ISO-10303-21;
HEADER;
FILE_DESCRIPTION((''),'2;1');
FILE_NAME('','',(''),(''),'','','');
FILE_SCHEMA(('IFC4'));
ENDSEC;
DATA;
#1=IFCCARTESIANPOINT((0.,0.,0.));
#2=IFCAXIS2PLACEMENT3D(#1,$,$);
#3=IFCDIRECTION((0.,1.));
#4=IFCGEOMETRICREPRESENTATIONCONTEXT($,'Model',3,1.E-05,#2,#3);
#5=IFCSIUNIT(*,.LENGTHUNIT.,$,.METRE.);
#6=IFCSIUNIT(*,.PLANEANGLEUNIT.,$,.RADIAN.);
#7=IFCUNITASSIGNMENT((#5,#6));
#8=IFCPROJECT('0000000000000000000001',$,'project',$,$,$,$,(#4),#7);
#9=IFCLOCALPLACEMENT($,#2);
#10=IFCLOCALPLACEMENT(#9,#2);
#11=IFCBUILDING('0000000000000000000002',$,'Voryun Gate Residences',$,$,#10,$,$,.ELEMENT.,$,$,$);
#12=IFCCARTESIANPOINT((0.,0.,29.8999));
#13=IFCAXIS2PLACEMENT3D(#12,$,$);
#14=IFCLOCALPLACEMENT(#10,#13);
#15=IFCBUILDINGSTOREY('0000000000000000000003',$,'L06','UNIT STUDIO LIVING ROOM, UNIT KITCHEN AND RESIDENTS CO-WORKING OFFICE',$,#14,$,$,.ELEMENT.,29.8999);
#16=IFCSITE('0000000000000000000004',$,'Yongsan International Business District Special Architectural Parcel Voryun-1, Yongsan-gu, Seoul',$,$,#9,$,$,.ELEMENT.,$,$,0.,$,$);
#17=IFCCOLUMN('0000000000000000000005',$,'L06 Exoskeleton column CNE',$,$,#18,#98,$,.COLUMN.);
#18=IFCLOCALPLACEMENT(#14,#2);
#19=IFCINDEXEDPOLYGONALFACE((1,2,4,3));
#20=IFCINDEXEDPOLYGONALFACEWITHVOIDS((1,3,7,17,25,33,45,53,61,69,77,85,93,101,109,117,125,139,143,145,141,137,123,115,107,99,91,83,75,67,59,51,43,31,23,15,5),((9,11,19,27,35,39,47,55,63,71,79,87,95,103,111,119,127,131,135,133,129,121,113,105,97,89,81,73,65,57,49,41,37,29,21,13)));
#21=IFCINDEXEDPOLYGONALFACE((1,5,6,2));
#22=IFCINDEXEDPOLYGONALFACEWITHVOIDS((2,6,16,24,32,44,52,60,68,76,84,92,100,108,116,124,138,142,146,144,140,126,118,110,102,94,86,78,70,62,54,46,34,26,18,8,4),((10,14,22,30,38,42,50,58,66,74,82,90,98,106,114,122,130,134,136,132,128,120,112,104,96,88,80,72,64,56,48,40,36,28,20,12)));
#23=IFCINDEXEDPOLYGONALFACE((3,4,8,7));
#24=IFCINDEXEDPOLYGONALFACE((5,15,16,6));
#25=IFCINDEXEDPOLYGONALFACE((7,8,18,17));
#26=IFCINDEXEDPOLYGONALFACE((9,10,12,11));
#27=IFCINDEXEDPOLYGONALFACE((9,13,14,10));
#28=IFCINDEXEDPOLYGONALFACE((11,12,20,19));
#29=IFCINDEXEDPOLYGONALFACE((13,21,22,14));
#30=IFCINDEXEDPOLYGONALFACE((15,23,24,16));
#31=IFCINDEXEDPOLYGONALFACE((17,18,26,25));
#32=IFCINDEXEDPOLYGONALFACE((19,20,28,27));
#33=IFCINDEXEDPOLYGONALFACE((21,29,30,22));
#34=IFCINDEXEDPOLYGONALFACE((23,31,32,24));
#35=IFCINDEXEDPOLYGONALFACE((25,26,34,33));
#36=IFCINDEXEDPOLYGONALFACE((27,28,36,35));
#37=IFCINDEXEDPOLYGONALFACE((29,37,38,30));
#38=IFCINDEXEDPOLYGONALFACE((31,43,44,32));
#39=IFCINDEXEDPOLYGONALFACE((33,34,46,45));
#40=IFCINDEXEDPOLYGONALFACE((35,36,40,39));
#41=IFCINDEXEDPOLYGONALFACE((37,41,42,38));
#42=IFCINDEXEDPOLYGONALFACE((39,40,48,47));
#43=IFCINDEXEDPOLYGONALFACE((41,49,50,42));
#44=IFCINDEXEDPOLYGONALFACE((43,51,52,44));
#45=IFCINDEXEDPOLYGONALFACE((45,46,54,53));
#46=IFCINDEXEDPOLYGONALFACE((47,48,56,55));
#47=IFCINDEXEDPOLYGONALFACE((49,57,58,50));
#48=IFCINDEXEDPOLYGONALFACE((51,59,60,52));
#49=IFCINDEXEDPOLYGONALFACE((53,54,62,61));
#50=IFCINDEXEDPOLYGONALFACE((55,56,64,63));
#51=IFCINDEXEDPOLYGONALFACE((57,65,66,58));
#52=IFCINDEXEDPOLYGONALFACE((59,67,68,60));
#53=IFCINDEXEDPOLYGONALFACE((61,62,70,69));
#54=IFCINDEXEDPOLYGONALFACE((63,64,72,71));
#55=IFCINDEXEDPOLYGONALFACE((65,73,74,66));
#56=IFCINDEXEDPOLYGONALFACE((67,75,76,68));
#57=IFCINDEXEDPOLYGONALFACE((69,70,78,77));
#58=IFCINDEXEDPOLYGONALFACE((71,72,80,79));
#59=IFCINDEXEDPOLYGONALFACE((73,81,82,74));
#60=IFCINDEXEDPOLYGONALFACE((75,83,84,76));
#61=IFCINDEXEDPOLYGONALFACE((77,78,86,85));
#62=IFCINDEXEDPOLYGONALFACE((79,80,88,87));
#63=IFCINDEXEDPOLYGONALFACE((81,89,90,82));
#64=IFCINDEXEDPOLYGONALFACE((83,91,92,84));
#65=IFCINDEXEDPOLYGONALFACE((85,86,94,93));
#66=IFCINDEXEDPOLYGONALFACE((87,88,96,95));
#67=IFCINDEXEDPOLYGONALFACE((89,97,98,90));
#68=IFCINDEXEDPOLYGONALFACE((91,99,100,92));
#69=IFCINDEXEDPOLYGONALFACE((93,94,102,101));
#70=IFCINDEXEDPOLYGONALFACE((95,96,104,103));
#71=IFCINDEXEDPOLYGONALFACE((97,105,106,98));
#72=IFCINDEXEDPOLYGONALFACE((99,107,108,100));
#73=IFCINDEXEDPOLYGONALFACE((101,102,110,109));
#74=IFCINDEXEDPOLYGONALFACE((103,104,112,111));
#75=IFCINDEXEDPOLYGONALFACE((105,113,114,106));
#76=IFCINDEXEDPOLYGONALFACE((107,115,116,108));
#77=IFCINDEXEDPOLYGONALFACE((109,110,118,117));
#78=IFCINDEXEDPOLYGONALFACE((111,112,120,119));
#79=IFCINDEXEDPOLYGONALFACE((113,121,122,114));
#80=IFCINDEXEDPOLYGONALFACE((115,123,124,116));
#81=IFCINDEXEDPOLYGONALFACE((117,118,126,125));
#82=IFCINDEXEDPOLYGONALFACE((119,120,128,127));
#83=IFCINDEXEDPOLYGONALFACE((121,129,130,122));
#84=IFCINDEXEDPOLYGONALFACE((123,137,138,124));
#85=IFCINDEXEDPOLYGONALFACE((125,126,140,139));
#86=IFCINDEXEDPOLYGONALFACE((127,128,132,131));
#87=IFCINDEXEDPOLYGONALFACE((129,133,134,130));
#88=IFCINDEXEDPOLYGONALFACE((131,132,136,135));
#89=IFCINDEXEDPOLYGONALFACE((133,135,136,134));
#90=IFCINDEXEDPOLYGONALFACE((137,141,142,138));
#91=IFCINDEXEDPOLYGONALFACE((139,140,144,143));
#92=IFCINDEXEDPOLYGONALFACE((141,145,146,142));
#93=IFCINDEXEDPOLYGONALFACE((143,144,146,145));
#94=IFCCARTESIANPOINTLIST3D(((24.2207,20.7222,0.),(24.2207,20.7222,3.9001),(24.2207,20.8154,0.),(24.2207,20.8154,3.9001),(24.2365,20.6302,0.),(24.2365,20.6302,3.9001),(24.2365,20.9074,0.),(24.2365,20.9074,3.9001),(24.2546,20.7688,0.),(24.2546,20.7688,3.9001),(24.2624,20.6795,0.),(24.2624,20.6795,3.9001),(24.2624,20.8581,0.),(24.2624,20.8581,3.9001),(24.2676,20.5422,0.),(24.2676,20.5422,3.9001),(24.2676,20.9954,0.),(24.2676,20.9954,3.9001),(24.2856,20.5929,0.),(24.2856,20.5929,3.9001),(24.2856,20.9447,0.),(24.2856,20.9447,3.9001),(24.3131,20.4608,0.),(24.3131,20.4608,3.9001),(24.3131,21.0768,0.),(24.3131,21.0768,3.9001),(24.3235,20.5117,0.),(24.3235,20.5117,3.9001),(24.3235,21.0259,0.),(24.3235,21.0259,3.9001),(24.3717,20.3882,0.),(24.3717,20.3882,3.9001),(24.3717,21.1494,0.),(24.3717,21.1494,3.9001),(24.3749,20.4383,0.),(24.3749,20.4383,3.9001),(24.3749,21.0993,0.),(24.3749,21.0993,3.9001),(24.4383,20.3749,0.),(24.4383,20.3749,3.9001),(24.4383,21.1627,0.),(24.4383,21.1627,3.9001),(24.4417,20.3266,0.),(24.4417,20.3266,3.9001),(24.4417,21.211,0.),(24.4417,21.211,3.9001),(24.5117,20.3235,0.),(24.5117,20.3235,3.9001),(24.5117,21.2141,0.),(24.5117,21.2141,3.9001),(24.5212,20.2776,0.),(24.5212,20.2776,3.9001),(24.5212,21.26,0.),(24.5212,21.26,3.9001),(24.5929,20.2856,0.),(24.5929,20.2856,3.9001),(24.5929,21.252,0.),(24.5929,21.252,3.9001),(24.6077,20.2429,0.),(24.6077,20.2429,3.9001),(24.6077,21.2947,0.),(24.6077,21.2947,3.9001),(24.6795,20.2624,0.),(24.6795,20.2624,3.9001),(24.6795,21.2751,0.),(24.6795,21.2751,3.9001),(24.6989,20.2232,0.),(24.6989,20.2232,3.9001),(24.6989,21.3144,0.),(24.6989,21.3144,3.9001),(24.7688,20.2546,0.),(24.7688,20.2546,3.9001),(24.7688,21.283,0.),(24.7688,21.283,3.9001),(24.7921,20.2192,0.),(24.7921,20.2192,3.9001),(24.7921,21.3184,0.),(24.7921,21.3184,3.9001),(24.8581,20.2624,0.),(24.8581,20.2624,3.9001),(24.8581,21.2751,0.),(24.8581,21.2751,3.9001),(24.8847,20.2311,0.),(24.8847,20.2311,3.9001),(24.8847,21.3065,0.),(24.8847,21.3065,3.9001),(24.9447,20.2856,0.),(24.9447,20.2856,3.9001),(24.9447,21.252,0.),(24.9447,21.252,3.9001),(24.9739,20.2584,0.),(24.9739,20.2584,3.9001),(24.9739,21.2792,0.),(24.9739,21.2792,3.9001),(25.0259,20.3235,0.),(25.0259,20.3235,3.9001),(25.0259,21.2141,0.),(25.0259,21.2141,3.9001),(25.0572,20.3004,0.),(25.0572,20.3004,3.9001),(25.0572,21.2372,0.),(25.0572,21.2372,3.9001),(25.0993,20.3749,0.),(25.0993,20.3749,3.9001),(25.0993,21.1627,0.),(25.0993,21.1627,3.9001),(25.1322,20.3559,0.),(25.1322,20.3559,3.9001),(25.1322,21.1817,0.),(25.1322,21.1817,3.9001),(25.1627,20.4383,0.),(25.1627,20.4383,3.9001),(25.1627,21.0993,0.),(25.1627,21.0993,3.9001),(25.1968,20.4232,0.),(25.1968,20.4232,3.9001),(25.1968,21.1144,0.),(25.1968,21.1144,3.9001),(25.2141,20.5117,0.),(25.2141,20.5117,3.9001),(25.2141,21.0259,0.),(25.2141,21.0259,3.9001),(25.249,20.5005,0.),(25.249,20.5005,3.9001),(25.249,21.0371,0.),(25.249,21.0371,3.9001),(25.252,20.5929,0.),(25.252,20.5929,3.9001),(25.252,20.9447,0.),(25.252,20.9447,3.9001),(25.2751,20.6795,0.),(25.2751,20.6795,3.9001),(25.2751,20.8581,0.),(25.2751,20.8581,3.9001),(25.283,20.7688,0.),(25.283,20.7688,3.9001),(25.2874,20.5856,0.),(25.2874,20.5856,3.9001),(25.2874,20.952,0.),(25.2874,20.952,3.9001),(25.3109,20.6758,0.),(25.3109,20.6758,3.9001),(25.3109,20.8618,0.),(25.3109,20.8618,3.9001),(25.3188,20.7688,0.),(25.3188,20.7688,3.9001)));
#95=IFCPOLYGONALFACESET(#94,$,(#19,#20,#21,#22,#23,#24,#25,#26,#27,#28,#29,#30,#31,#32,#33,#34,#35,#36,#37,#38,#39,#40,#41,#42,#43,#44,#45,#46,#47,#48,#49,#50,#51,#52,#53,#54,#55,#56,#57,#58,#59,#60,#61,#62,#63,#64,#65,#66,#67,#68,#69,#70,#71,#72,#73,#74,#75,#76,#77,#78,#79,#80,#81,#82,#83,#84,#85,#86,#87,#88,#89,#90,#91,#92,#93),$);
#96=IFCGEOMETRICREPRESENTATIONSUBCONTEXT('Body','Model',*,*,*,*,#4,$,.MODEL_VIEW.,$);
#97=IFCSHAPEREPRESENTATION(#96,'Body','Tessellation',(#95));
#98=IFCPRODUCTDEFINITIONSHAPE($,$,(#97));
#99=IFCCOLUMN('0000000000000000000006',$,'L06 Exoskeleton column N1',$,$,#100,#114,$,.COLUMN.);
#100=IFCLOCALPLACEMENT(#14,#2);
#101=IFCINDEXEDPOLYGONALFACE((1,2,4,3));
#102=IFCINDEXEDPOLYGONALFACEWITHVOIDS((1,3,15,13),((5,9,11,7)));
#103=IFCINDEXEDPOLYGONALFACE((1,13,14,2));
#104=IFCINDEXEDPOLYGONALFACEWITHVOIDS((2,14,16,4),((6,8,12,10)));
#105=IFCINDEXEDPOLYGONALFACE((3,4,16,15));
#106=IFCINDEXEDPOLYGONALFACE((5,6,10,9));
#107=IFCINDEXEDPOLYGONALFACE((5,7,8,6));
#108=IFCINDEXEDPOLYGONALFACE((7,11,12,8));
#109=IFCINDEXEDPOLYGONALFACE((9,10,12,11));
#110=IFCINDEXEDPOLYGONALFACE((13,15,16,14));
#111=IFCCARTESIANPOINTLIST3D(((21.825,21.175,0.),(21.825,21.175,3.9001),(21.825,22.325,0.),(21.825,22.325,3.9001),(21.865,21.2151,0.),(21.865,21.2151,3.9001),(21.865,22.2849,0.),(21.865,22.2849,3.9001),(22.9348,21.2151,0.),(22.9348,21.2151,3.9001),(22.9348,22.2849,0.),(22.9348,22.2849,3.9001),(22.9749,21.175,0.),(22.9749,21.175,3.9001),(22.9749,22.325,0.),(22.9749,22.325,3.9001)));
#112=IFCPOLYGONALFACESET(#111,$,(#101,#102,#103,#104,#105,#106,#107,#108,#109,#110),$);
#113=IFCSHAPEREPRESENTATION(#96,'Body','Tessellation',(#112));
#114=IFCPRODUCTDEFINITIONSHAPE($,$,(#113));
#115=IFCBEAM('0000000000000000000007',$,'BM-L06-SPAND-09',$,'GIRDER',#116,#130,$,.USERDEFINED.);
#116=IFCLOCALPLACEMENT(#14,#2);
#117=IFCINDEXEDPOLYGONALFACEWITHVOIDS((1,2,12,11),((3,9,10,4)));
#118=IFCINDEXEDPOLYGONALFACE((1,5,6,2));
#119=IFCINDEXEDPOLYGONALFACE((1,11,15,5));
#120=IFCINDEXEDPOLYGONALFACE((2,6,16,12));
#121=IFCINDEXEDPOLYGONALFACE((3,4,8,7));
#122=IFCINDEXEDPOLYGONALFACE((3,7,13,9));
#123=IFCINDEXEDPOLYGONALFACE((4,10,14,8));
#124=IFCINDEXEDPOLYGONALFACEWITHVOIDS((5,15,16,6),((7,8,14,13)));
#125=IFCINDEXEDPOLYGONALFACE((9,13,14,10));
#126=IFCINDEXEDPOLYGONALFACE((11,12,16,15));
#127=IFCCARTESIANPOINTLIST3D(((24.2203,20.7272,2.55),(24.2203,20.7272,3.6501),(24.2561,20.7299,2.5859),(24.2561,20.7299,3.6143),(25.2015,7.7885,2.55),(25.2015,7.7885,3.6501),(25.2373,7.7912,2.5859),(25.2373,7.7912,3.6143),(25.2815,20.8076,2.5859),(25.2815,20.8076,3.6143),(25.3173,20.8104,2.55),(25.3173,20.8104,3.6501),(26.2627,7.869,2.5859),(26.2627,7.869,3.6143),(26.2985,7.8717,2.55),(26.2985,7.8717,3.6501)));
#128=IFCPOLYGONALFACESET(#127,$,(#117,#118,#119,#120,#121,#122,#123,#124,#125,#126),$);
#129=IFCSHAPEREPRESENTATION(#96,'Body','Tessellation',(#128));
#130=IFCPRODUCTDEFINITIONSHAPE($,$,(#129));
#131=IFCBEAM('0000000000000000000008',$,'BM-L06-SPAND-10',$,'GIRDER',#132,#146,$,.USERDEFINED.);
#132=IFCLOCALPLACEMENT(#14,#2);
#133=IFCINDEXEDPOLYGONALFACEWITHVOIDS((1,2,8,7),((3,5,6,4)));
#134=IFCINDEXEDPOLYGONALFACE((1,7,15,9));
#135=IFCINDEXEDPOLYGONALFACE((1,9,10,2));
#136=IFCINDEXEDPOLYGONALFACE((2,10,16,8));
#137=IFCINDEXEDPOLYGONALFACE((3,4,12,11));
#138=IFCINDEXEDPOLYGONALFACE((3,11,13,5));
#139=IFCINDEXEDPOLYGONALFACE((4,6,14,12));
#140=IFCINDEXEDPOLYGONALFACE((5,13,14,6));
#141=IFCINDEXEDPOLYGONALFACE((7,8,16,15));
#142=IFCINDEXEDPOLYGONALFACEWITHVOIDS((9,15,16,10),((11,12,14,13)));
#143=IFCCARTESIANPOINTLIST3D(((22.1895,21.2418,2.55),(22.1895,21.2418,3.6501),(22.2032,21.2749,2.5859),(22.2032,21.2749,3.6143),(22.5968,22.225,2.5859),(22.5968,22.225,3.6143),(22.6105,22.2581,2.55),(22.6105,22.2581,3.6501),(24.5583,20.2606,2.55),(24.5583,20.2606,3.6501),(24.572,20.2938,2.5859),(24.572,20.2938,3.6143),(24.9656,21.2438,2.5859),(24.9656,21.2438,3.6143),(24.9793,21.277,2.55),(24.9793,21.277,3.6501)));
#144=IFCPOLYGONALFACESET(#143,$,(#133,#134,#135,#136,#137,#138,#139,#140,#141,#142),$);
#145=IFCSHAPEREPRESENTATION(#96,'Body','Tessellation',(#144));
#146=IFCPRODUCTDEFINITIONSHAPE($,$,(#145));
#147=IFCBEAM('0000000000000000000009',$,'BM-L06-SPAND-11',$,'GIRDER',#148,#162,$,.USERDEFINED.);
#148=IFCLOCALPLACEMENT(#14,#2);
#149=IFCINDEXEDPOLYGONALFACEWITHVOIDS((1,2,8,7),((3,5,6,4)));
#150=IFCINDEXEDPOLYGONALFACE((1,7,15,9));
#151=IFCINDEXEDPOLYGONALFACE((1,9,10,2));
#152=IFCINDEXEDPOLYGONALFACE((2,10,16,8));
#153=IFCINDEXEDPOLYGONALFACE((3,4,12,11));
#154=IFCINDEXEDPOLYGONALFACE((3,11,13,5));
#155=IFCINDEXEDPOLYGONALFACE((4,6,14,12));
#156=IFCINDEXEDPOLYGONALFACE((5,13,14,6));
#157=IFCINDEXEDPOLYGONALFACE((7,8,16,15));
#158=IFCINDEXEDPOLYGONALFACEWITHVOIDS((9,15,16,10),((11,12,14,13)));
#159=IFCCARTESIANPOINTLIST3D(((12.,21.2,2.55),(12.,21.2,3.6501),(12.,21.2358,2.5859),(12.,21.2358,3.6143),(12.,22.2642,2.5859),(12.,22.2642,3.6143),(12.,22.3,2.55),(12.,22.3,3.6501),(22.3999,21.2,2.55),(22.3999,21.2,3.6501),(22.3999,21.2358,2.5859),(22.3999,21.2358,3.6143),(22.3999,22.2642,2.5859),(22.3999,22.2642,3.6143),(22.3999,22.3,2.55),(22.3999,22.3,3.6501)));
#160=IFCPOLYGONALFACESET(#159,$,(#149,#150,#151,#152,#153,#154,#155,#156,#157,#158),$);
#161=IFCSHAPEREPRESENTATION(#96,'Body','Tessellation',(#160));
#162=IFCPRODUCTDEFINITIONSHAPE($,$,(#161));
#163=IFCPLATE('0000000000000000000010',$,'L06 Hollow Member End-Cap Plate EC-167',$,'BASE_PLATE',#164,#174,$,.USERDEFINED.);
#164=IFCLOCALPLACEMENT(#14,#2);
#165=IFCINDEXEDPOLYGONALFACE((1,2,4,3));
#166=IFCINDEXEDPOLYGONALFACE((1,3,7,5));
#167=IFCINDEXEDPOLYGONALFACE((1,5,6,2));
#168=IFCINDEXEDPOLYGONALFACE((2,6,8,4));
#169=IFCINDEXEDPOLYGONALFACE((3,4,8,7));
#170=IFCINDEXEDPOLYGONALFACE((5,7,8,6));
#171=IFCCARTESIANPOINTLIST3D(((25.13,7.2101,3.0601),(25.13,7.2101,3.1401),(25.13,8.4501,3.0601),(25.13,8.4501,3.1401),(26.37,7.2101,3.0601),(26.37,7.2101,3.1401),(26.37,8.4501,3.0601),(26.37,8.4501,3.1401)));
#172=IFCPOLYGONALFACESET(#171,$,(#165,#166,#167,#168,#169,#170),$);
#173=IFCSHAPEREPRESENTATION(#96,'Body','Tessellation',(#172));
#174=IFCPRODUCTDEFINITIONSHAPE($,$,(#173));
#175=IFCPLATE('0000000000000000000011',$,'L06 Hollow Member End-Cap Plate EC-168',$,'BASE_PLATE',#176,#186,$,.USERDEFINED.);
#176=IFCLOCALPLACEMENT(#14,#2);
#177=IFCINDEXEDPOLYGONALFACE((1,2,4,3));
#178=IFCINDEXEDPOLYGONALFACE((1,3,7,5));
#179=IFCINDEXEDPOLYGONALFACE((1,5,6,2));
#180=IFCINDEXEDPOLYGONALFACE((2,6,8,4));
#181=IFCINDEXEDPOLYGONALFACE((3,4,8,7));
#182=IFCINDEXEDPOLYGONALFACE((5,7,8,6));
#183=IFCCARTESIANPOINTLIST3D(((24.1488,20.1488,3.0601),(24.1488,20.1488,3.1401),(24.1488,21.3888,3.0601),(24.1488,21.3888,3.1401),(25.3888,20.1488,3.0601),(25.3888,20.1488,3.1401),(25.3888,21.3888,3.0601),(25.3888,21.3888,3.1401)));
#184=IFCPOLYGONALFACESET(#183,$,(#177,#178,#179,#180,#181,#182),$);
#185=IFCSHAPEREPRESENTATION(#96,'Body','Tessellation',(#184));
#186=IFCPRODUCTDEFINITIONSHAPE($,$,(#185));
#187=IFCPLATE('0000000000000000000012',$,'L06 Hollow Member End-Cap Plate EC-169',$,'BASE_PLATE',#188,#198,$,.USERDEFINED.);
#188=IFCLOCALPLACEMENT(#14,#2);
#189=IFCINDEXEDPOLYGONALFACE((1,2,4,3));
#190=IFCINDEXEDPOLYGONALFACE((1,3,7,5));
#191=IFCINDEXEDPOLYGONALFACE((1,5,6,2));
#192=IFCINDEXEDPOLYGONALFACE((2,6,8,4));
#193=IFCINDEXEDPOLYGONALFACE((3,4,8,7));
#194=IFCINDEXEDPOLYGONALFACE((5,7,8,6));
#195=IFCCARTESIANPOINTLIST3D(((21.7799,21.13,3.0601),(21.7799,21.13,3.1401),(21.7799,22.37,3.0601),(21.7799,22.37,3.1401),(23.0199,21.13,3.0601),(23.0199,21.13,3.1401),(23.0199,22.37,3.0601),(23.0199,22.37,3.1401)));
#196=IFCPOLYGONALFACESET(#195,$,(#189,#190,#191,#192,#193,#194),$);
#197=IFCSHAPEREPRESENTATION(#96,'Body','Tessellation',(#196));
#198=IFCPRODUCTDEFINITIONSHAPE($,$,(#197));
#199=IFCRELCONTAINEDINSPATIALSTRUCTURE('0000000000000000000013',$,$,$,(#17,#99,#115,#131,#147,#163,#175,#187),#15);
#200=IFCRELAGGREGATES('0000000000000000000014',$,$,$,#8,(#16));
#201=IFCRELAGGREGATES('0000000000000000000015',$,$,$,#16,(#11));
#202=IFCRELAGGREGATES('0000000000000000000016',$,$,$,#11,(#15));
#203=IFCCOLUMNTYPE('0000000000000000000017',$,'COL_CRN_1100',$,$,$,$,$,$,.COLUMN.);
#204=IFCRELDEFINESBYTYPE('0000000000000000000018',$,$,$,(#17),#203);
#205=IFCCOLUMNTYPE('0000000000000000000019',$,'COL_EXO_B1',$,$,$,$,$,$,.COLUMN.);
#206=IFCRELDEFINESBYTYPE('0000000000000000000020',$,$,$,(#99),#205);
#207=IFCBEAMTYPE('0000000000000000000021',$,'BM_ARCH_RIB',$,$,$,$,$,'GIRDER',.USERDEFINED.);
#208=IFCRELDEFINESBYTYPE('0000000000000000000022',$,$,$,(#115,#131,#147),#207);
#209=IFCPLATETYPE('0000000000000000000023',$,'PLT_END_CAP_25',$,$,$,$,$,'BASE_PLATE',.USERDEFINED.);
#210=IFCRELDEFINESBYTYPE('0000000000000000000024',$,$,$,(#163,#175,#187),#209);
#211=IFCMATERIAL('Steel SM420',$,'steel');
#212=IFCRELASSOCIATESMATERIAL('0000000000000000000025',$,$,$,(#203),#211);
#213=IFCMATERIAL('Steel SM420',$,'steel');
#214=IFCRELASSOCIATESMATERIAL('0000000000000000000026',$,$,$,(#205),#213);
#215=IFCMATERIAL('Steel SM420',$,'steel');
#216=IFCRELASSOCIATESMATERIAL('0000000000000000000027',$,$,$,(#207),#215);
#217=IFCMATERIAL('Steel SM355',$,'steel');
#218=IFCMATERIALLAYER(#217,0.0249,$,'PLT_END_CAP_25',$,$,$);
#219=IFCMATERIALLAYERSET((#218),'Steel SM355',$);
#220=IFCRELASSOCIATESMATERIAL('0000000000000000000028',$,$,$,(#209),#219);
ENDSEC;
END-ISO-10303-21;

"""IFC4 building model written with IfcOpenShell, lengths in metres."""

from ifc_helpers import new_model, si_unit, direction, frame, origin, origin_2d, place, context, subcontext, project, spatial, rectangle, hollow_rectangle, hollow_circle, extrude, material, layer, layer_set, material_profile, profile_set, type_object, element, save


model = new_model("IFC4")

# Units and contexts
model_context = context("Model", 3, precision=1e-05, world=origin(), true_north=direction((0.0, 1.0)))
body_context = subcontext(model_context, "Body", "Model", "MODEL_VIEW")
ifc_project = project(units=[si_unit("LENGTHUNIT", "METRE"), si_unit("PLANEANGLEUNIT", "RADIAN")], contexts=[model_context])

# Site, building, storey
site_placement = place(None, origin())
site = spatial("IfcSite", under=ifc_project, at=site_placement, Name="Yongsan International Business District Special Architectural Parcel Voryun-1, Yongsan-gu, Seoul", CompositionType="ELEMENT", RefElevation=0.0)
building_placement = place(site_placement, origin())
building = spatial("IfcBuilding", under=site, at=building_placement, Name="Voryun Gate Residences", CompositionType="ELEMENT")
storey_placement = place(building_placement, frame((0.0, 0.0, 29.8999)))
storey = spatial("IfcBuildingStorey", under=building, at=storey_placement, Name="L06", Description="UNIT STUDIO LIVING ROOM, UNIT KITCHEN AND RESIDENTS CO-WORKING OFFICE", CompositionType="ELEMENT", Elevation=29.8999)

# Columns
ifc_material_1 = material(Name="Steel SM420", Category="steel")
ifc_material_profile_1 = material_profile(ifc_material_1, hollow_circle(Radius=0.55, WallThickness=0.0359, at=origin_2d()), Name="CHS-1100x36")
ifc_profile_set_1 = profile_set([ifc_material_profile_1], Name="Steel SM420")
column_type_1 = type_object("IfcColumnType", Name="COL_CRN_1100", PredefinedType="COLUMN", material=ifc_profile_set_1)
column_1_placement = place(storey_placement, frame((24.7688, 20.7688, 0.0), z_axis=(0.0, 0.0, 1.0), x_axis=(1.0, 0.0, 0.0)))
element("IfcColumn", 1, at=column_1_placement, inside=storey, type_object=column_type_1, Name="L06 Exoskeleton column CNE", PredefinedType="COLUMN", context=body_context, shape_type="SweptSolid", body=[
    extrude(hollow_circle(Radius=0.55, WallThickness=0.0359, at=origin_2d()), origin(), (0.0, 0.0, 1.0), 3.9001),
])
ifc_material_2 = material(Name="Steel SM420", Category="steel")
ifc_material_profile_2 = material_profile(ifc_material_2, hollow_rectangle(XDim=1.1499, YDim=1.1499, WallThickness=0.04, at=origin_2d()), Name="BOX-1150x1150x40")
ifc_profile_set_2 = profile_set([ifc_material_profile_2], Name="Steel SM420")
column_type_2 = type_object("IfcColumnType", Name="COL_EXO_B1", PredefinedType="COLUMN", material=ifc_profile_set_2)
column_2_placement = place(storey_placement, frame((22.3999, 21.75, 0.0), z_axis=(0.0, 0.0, 1.0), x_axis=(1.0, 0.0, 0.0)))
element("IfcColumn", 2, at=column_2_placement, inside=storey, type_object=column_type_2, Name="L06 Exoskeleton column N1", PredefinedType="COLUMN", context=body_context, shape_type="SweptSolid", body=[
    extrude(hollow_rectangle(XDim=1.1499, YDim=1.1499, WallThickness=0.04, at=origin_2d()), origin(), (0.0, 0.0, 1.0), 3.9001),
])

# Beams
ifc_material_3 = material(Name="Steel SM420", Category="steel")
ifc_material_profile_3 = material_profile(ifc_material_3, hollow_rectangle(XDim=1.1001, YDim=1.1001, WallThickness=0.0359, at=origin_2d()), Name="BOX-1100x1100x36")
ifc_profile_set_3 = profile_set([ifc_material_profile_3], Name="Steel SM420")
beam_type = type_object("IfcBeamType", Name="BM_ARCH_RIB", ElementType="GIRDER", PredefinedType="USERDEFINED", material=ifc_profile_set_3)
beam_1_placement = place(storey_placement, frame((25.75, 7.8301, 3.1001), z_axis=(-0.075617, 0.997137, 0.0), x_axis=(-0.997137, -0.075617, 0.0)))
element("IfcBeam", 3, at=beam_1_placement, inside=storey, type_object=beam_type, Name="BM-L06-SPAND-09", ObjectType="GIRDER", PredefinedType="USERDEFINED", context=body_context, shape_type="SweptSolid", body=[
    extrude(hollow_rectangle(XDim=1.1001, YDim=1.1001, WallThickness=0.0359, at=origin_2d()), origin(), (0.0, 0.0, 1.0), 12.9758),
])
beam_2_placement = place(storey_placement, frame((24.7688, 20.7688, 3.1001), z_axis=(-0.923883, 0.382674, 0.0), x_axis=(-0.382674, -0.923883, 0.0)))
element("IfcBeam", 4, at=beam_2_placement, inside=storey, type_object=beam_type, Name="BM-L06-SPAND-10", ObjectType="GIRDER", PredefinedType="USERDEFINED", context=body_context, shape_type="SweptSolid", body=[
    extrude(hollow_rectangle(XDim=1.1001, YDim=1.1001, WallThickness=0.0359, at=origin_2d()), origin(), (0.0, 0.0, 1.0), 2.564),
])
beam_3_placement = place(storey_placement, frame((22.3999, 21.75, 3.1001), z_axis=(-1.0, 0.0, 0.0), x_axis=(0.0, -1.0, 0.0)))
element("IfcBeam", 5, at=beam_3_placement, inside=storey, type_object=beam_type, Name="BM-L06-SPAND-11", ObjectType="GIRDER", PredefinedType="USERDEFINED", context=body_context, shape_type="SweptSolid", body=[
    extrude(hollow_rectangle(XDim=1.1001, YDim=1.1001, WallThickness=0.0359, at=origin_2d()), origin(), (0.0, 0.0, 1.0), 10.3999),
])

# Plates
ifc_material_4 = material(Name="Steel SM355", Category="steel")
ifc_layer_1 = layer(ifc_material_4, 0.0249, Name="PLT_END_CAP_25")
ifc_layer_set_1 = layer_set([ifc_layer_1], Name="Steel SM355")
plate_type = type_object("IfcPlateType", Name="PLT_END_CAP_25", ElementType="BASE_PLATE", PredefinedType="USERDEFINED", material=ifc_layer_set_1)
for number, where, z_axis, x_axis, name in (
    (6, (25.75, 7.8301, 3.0601), (0.0, 0.0, 1.0), (1.0, 0.0, 0.0), "L06 Hollow Member End-Cap Plate EC-167"),
    (7, (24.7688, 20.7688, 3.0601), (0.0, 0.0, 1.0), (1.0, 0.0, 0.0), "L06 Hollow Member End-Cap Plate EC-168"),
    (8, (22.3999, 21.75, 3.0601), (0.0, 0.0, 1.0), (1.0, 0.0, 0.0), "L06 Hollow Member End-Cap Plate EC-169"),
):
    element("IfcPlate", number, at=place(storey_placement, frame(where, z_axis=z_axis, x_axis=x_axis)), inside=storey, type_object=plate_type, Name=name, ObjectType="BASE_PLATE", PredefinedType="USERDEFINED", context=body_context, shape_type="SweptSolid", body=[
        extrude(rectangle(XDim=1.24, YDim=1.24, at=origin_2d()), origin(), (0.0, 0.0, 1.0), 0.0801),
    ])

save(model, "model.ifc")
